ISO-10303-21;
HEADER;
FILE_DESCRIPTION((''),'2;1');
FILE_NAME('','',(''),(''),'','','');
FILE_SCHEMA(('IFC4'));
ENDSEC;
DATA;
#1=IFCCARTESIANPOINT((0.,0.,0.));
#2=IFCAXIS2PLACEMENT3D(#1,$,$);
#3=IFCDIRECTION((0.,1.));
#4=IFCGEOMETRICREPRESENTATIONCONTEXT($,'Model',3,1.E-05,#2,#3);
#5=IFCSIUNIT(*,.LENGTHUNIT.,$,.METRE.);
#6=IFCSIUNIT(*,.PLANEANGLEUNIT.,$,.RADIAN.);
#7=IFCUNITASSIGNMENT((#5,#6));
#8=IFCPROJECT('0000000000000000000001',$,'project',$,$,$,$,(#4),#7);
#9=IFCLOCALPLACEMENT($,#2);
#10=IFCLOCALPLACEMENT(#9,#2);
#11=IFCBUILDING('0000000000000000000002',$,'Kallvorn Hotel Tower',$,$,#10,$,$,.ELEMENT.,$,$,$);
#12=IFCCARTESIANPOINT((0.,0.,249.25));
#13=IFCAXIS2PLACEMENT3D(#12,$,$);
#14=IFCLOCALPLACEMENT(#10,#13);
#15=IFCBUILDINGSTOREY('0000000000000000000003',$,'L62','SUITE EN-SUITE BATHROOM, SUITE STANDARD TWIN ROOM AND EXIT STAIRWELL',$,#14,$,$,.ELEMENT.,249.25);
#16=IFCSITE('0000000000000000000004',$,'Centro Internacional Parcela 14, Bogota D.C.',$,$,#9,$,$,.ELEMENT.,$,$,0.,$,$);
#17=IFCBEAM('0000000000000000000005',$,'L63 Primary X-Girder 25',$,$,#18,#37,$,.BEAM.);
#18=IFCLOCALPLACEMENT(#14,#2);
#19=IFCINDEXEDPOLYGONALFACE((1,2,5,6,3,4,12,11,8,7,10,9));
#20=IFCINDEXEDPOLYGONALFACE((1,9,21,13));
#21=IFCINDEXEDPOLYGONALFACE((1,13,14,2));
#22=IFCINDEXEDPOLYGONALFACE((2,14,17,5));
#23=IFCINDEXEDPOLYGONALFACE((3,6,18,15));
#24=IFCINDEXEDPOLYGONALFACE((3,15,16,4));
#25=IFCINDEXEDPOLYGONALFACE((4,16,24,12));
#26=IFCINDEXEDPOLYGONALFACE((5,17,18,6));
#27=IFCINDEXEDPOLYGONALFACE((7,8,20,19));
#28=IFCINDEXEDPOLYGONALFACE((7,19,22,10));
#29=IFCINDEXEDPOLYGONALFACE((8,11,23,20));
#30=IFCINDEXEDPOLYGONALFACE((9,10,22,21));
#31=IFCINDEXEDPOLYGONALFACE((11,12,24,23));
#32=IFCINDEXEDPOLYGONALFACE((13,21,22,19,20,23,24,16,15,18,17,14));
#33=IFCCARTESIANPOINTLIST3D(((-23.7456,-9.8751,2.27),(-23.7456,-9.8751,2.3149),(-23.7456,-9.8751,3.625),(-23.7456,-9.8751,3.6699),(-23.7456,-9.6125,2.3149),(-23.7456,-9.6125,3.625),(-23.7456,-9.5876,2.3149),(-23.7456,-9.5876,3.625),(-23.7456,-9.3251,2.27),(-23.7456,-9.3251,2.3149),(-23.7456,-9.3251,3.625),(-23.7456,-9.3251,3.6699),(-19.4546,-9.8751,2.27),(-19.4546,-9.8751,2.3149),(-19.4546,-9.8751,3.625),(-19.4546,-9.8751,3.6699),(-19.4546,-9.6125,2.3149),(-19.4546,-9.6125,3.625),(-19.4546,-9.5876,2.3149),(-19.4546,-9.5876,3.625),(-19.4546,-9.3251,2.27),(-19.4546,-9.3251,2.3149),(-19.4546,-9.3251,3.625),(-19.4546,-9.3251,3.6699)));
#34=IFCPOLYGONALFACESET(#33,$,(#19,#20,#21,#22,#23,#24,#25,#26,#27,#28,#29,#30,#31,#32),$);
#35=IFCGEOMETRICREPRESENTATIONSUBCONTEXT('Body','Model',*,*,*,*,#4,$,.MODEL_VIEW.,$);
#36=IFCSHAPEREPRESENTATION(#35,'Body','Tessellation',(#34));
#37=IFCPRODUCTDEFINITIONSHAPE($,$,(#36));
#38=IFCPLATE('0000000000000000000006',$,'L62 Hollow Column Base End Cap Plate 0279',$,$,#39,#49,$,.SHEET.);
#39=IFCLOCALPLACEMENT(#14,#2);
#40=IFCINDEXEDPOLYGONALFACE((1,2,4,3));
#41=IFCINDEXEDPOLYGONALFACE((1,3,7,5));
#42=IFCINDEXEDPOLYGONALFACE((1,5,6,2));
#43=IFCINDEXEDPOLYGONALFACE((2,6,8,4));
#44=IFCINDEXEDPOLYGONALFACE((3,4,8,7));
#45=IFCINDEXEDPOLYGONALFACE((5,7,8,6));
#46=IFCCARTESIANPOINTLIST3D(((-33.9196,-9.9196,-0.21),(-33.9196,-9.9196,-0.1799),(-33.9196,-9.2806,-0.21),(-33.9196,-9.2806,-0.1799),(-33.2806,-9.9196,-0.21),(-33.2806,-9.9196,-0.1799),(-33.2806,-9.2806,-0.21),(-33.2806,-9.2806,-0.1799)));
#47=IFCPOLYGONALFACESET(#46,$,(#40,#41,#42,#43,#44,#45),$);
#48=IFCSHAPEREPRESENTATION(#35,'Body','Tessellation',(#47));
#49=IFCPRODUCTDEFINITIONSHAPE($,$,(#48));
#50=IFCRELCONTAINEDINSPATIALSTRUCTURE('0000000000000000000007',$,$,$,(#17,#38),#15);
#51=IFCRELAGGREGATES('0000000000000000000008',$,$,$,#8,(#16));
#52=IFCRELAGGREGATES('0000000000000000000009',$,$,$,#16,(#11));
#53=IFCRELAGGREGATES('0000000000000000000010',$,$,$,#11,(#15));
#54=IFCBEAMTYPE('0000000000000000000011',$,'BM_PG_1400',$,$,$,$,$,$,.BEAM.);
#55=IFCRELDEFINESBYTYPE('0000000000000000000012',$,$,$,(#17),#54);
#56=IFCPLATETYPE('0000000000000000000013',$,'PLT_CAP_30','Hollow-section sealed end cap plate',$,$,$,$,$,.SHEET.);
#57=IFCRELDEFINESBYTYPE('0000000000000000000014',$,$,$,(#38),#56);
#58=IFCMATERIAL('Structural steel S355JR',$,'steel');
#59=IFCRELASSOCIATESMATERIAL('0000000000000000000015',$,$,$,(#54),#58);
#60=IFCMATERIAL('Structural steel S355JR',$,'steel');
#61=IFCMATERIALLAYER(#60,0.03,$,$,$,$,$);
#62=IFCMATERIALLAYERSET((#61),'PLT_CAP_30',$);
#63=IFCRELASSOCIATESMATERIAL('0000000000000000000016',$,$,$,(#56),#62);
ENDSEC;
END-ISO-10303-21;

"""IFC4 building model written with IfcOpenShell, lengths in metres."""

from ifc_helpers import new_model, si_unit, direction, frame, origin, origin_2d, place, context, subcontext, project, spatial, rectangle, i_section, extrude, material, layer, layer_set, material_profile, profile_set, type_object, element, save


model = new_model("IFC4")

# Units and contexts
model_context = context("Model", 3, precision=1e-05, world=origin(), true_north=direction((0.0, 1.0)))
body_context = subcontext(model_context, "Body", "Model", "MODEL_VIEW")
ifc_project = project(units=[si_unit("LENGTHUNIT", "METRE"), si_unit("PLANEANGLEUNIT", "RADIAN")], contexts=[model_context])

# Site, building, storey
site_placement = place(None, origin())
site = spatial("IfcSite", under=ifc_project, at=site_placement, Name="Centro Internacional Parcela 14, Bogota D.C.", CompositionType="ELEMENT", RefElevation=0.0)
building_placement = place(site_placement, origin())
building = spatial("IfcBuilding", under=site, at=building_placement, Name="Kallvorn Hotel Tower", CompositionType="ELEMENT")
storey_placement = place(building_placement, frame((0.0, 0.0, 249.25)))
storey = spatial("IfcBuildingStorey", under=building, at=storey_placement, Name="L62", Description="SUITE EN-SUITE BATHROOM, SUITE STANDARD TWIN ROOM AND EXIT STAIRWELL", CompositionType="ELEMENT", Elevation=249.25)

# Beam
ifc_material_1 = material(Name="Structural steel S355JR", Category="steel")
ifc_material_profile_1 = material_profile(ifc_material_1, i_section(OverallWidth=0.55, OverallDepth=1.3999, WebThickness=0.0249, FlangeThickness=0.0449, at=origin_2d()), Name="PG 1400x550x25x45")
ifc_profile_set_1 = profile_set([ifc_material_profile_1], Name="Structural steel S355JR")
beam_type_1 = type_object("IfcBeamType", Name="BM_PG_1400", PredefinedType="BEAM", material=ifc_profile_set_1)
for number, where, z_axis, x_axis, name in (
    (1, (-23.7456, -9.6001, 2.97), (1.0, 0.0, 0.0), (0.0, 1.0, 0.0), "L63 Primary X-Girder 25"),
):
    element("IfcBeam", number, at=place(storey_placement, frame(where, z_axis=z_axis, x_axis=x_axis)), inside=storey, type_object=beam_type_1, Name=name, PredefinedType="BEAM", context=body_context, shape_type="SweptSolid", body=[
        extrude(i_section(OverallWidth=0.55, OverallDepth=1.3999, WebThickness=0.0249, FlangeThickness=0.0449, at=origin_2d()), origin(), (0.0, 0.0, 1.0), 4.291),
    ])

# Plate
ifc_material_2 = material(Name="Structural steel S355JR", Category="steel")
ifc_layer_1 = layer(ifc_material_2, 0.03)
ifc_layer_set_1 = layer_set([ifc_layer_1], Name="PLT_CAP_30")
plate_type = type_object("IfcPlateType", Name="PLT_CAP_30", Description="Hollow-section sealed end cap plate", PredefinedType="SHEET", material=ifc_layer_set_1)
plate_placement = place(storey_placement, frame((-33.6001, -9.6001, -0.21), z_axis=(0.0, 0.0, 1.0), x_axis=(1.0, 0.0, 0.0)))
element("IfcPlate", 2, at=plate_placement, inside=storey, type_object=plate_type, Name="L62 Hollow Column Base End Cap Plate 0279", PredefinedType="SHEET", context=body_context, shape_type="SweptSolid", body=[
    extrude(rectangle(XDim=0.6389, YDim=0.6389, at=origin_2d()), origin(), (0.0, 0.0, 1.0), 0.03),
])

save(model, "model.ifc")
